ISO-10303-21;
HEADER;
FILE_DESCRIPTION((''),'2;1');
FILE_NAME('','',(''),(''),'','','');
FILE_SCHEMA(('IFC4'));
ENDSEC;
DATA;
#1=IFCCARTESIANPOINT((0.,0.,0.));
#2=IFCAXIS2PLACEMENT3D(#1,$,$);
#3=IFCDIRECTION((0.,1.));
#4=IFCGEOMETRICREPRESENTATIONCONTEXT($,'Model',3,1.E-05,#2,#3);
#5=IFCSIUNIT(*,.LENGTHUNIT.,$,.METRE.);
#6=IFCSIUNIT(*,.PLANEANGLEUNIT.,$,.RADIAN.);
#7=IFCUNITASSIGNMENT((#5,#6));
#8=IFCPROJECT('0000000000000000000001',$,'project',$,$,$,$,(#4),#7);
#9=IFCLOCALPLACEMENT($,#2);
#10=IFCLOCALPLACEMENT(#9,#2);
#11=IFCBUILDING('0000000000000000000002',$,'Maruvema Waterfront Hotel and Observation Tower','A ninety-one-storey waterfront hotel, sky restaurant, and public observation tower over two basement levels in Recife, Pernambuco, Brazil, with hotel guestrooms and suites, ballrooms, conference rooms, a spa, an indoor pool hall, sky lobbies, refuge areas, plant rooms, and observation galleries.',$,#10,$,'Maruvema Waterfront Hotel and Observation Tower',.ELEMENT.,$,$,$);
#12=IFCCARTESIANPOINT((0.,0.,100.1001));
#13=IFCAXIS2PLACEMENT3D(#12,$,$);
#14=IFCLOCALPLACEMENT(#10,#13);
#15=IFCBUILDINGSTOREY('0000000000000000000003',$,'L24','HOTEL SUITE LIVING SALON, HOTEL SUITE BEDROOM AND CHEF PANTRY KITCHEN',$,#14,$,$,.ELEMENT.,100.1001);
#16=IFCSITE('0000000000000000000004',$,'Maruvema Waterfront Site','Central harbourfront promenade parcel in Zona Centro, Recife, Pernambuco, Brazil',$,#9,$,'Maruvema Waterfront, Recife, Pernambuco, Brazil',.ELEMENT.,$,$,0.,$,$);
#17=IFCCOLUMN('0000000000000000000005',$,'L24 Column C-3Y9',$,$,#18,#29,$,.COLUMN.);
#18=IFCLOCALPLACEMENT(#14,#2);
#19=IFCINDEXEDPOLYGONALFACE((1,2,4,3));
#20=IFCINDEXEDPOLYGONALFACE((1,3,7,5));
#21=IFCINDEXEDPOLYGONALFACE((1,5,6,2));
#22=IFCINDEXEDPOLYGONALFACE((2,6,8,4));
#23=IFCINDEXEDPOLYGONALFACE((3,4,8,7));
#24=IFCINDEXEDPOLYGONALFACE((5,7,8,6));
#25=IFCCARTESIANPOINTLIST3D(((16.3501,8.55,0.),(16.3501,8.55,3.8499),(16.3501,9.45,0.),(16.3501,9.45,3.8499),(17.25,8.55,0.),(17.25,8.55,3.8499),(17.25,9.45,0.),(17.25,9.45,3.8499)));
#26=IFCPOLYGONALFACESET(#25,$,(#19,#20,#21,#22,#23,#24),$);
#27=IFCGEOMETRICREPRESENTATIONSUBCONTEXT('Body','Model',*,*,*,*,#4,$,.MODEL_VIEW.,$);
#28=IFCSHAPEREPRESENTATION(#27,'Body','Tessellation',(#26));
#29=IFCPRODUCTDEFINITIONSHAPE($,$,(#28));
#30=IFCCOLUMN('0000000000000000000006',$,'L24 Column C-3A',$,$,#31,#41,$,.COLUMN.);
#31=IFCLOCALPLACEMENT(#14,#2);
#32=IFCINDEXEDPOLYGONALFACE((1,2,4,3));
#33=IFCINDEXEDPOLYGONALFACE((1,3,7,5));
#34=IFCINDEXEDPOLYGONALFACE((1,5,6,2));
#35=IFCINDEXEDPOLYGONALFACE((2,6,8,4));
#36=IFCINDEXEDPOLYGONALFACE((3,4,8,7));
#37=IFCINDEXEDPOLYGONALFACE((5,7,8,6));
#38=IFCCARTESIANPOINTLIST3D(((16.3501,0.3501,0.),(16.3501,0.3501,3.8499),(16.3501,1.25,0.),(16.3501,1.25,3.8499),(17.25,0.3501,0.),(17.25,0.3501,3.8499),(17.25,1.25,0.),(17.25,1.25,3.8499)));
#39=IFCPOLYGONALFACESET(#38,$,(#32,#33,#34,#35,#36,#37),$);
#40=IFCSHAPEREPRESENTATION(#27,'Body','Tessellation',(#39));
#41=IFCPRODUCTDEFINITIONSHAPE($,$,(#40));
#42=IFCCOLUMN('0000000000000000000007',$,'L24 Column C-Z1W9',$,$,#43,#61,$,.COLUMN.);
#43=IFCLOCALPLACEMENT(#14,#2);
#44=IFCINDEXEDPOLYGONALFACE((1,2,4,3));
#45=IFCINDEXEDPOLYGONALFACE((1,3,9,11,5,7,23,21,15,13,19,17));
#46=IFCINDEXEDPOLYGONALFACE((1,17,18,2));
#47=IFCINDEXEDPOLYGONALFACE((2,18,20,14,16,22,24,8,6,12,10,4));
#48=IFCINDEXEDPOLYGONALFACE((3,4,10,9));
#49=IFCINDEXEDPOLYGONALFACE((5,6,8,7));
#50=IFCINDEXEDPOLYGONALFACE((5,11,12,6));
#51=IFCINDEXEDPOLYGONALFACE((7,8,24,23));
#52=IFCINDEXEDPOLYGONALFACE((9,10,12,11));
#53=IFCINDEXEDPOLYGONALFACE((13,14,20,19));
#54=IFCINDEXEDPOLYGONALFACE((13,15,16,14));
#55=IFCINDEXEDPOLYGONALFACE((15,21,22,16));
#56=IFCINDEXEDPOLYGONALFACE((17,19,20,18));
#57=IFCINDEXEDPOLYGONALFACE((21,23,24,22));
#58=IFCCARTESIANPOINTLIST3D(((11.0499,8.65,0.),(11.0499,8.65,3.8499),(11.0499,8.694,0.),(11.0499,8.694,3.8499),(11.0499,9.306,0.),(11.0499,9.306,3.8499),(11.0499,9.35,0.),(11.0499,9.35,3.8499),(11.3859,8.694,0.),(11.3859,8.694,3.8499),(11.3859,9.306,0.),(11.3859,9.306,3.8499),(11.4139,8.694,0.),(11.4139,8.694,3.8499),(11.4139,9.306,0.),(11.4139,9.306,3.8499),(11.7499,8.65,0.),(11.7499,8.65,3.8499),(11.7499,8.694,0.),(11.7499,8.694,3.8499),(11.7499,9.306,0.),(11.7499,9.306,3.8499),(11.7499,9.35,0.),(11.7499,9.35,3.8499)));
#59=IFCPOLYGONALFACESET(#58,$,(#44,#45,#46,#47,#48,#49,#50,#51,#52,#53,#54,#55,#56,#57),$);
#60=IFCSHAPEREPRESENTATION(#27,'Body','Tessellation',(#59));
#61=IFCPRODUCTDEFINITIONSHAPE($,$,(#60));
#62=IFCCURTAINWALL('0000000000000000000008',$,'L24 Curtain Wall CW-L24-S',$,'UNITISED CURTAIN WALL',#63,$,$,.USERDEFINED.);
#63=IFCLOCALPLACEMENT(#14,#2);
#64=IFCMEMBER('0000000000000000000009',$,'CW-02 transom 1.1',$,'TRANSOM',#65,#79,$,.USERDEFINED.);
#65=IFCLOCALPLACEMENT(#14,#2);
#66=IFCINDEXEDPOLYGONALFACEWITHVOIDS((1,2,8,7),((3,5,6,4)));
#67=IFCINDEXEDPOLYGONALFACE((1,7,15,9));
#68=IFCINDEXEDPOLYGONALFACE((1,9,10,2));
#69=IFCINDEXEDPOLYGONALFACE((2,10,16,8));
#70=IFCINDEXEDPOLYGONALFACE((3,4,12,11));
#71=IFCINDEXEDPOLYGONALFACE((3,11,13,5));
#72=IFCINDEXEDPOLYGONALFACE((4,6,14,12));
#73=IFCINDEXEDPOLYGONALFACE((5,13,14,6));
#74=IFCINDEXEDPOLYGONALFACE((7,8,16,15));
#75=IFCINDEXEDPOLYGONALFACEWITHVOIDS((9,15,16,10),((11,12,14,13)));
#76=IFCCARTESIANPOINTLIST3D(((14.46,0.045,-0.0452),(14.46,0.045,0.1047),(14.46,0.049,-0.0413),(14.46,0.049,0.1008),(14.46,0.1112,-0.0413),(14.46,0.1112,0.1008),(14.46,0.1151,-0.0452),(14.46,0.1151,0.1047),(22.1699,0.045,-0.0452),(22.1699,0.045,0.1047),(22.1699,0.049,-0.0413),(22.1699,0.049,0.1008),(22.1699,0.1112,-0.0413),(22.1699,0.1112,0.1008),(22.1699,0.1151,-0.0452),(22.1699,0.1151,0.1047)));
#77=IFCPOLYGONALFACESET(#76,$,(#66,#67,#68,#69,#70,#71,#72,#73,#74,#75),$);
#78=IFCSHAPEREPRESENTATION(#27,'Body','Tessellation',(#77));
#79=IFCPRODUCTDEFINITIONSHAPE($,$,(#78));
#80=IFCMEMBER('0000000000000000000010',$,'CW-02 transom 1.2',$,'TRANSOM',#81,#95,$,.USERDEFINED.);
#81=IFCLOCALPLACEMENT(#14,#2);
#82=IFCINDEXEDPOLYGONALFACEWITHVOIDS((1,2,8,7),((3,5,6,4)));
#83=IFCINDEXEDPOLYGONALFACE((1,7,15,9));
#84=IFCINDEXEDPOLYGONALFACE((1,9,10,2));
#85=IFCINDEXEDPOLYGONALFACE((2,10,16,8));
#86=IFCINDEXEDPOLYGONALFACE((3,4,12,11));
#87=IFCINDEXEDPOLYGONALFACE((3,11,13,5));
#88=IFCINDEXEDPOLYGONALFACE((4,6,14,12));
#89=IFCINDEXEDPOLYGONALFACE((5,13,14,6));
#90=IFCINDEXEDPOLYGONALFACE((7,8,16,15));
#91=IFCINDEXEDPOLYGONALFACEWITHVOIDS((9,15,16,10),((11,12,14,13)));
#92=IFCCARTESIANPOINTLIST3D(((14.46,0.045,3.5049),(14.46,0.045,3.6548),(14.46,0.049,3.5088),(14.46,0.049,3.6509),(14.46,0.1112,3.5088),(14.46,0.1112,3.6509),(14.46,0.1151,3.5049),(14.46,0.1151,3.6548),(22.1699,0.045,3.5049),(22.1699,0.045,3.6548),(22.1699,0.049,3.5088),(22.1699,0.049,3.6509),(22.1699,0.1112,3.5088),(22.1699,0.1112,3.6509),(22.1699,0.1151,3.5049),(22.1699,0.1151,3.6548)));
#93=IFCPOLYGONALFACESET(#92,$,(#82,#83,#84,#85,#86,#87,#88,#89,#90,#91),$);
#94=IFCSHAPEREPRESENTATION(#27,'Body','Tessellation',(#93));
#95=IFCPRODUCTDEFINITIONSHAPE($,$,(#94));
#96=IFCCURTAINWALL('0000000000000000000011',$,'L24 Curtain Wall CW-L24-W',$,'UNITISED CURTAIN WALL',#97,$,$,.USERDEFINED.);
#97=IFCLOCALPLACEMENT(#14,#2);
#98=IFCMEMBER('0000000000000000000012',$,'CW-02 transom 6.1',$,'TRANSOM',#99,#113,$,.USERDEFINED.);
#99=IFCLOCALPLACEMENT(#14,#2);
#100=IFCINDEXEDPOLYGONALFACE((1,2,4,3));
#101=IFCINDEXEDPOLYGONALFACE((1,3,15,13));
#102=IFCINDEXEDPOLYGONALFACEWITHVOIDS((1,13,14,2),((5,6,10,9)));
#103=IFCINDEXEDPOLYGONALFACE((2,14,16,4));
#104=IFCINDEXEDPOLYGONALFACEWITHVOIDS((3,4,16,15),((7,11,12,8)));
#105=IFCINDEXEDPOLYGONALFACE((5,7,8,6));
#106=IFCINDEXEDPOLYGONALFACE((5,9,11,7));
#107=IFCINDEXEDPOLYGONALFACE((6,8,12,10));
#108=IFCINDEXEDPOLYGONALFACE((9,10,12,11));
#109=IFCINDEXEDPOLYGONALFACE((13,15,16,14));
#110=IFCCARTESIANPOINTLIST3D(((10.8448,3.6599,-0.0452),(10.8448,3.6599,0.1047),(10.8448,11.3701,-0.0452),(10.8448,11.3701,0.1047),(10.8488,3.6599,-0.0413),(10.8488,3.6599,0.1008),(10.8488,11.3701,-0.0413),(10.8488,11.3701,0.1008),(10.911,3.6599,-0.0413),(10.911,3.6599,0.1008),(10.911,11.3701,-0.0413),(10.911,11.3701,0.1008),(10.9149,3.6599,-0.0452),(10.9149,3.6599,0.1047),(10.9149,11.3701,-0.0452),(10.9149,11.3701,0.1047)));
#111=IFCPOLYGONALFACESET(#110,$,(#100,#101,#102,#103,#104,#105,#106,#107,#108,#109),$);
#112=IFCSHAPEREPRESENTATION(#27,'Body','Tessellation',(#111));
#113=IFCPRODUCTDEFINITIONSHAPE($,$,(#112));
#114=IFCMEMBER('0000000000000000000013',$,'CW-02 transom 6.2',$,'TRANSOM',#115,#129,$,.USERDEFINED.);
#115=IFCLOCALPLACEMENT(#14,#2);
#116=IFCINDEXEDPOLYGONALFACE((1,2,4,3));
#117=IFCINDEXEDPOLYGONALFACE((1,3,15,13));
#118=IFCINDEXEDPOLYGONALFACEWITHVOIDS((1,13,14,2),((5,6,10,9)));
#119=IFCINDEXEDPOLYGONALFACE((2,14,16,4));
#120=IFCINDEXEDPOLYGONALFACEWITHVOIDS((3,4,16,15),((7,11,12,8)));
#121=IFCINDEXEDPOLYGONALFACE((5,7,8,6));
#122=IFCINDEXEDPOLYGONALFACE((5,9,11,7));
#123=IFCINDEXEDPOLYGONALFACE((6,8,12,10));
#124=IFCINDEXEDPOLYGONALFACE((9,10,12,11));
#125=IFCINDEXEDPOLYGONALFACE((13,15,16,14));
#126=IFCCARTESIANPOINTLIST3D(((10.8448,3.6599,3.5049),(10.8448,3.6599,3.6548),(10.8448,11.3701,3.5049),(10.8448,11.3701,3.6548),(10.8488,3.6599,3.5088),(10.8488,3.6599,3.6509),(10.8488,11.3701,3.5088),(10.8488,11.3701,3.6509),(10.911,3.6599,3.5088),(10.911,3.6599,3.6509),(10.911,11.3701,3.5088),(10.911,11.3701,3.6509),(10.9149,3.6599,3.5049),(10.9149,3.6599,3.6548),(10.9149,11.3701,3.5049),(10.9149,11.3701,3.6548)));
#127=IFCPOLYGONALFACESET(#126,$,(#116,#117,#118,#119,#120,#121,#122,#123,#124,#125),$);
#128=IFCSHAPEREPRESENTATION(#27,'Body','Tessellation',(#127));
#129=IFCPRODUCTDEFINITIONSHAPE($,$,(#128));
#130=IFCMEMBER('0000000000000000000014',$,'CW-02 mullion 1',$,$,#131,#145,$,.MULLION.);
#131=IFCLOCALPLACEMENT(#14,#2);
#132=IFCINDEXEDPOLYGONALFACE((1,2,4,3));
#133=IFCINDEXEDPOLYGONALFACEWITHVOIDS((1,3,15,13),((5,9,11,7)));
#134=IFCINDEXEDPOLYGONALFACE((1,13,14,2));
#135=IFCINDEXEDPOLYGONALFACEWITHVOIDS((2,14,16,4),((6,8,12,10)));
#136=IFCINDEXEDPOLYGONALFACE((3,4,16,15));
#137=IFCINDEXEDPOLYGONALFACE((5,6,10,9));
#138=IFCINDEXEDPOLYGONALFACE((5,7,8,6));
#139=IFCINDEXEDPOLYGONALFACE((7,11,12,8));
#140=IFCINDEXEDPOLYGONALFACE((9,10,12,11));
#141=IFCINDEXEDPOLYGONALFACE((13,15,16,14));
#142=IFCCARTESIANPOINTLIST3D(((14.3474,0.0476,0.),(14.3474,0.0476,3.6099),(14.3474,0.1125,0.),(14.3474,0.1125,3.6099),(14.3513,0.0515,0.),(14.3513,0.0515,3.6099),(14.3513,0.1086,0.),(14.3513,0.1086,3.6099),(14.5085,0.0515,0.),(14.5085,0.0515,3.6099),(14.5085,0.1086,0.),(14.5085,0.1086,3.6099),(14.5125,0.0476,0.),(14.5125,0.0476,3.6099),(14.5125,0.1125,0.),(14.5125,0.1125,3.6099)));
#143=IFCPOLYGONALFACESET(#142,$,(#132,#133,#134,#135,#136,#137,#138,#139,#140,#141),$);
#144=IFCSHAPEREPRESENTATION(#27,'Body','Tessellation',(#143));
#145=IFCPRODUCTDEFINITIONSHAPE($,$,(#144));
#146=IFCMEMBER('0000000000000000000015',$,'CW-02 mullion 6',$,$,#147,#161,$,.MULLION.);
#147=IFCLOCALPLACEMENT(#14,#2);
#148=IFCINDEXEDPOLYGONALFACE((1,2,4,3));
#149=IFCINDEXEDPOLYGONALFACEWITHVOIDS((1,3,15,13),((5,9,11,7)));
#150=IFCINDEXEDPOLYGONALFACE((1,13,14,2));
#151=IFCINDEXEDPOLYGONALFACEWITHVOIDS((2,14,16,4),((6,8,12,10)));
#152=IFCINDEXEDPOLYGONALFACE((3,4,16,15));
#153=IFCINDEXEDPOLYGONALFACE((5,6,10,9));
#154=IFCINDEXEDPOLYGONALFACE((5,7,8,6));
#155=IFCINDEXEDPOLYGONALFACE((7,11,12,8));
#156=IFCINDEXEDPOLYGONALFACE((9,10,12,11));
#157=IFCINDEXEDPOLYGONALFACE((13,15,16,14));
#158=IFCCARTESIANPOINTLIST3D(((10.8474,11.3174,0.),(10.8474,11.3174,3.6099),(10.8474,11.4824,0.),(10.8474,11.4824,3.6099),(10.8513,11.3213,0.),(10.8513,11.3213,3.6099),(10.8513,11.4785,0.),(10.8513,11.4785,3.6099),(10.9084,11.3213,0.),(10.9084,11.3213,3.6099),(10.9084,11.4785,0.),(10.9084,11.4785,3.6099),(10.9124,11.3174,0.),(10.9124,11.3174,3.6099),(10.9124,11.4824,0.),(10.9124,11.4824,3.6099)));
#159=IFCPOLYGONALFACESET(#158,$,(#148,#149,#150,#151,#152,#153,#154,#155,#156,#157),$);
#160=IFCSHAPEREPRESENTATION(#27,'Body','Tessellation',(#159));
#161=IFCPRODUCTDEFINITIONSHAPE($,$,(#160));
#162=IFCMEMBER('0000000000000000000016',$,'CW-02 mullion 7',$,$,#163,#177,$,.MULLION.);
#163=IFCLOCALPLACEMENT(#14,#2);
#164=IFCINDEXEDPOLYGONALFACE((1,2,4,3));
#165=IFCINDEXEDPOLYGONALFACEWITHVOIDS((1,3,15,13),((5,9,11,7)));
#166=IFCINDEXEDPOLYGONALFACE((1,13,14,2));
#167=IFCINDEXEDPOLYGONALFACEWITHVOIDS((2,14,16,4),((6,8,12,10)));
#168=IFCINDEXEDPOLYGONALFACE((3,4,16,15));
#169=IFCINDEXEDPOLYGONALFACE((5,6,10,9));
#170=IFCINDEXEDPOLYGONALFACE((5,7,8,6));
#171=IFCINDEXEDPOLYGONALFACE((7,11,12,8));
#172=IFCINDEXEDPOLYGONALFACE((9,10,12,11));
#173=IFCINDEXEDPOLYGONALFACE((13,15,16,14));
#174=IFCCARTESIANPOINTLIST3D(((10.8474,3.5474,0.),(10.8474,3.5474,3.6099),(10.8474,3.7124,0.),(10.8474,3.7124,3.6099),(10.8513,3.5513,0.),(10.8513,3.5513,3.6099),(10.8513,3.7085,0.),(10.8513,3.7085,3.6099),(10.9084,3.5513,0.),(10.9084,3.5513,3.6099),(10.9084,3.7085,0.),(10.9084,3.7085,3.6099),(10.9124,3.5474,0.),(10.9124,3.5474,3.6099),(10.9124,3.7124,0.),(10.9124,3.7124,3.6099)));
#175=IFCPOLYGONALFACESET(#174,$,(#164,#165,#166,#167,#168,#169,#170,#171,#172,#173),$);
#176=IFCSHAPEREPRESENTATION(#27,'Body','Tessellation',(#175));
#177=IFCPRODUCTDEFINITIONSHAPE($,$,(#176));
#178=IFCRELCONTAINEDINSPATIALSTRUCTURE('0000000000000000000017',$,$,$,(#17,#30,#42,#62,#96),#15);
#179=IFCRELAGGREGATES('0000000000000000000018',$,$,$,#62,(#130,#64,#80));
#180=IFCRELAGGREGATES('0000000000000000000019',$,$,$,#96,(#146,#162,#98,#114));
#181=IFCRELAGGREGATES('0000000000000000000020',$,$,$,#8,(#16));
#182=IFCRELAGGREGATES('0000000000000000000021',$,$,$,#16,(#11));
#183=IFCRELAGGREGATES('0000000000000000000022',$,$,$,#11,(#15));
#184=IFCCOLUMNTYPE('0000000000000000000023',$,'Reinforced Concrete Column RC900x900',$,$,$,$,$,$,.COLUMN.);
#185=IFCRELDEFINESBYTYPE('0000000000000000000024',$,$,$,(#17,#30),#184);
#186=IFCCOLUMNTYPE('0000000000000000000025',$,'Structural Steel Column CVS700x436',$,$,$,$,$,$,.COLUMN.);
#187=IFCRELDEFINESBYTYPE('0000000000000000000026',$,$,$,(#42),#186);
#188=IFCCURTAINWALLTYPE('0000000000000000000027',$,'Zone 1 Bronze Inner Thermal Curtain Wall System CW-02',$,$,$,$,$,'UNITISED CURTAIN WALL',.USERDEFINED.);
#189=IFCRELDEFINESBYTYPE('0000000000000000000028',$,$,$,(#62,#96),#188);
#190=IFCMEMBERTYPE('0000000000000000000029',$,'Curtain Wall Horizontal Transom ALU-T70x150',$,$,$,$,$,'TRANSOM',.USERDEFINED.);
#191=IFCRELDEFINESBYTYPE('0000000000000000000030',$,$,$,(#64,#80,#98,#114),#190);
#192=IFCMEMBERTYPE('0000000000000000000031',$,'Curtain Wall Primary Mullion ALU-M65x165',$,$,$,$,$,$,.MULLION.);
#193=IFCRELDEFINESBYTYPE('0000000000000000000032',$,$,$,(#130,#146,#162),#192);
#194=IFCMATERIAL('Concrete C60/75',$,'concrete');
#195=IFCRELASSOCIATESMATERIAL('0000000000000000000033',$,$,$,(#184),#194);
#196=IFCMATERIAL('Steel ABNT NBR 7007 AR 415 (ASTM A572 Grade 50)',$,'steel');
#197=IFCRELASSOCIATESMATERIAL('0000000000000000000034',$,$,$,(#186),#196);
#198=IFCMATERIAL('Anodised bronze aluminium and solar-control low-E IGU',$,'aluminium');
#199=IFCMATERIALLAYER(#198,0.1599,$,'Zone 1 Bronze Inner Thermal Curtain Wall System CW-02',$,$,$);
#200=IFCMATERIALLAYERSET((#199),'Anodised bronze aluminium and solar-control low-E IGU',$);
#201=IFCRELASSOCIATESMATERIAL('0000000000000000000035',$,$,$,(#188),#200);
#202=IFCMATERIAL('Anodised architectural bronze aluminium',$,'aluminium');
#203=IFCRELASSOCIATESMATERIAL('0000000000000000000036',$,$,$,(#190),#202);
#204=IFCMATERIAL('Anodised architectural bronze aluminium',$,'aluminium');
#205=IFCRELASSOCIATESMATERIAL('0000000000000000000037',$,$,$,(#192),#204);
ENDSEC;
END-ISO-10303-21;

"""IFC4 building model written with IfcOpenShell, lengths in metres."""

from ifc_helpers import new_model, si_unit, direction, frame, origin, origin_2d, place, context, subcontext, project, spatial, rectangle, hollow_rectangle, i_section, extrude, material, layer, layer_set, material_profile, profile_set, type_object, element, aggregate, save


model = new_model("IFC4")

# Units and contexts
model_context = context("Model", 3, precision=1e-05, world=origin(), true_north=direction((0.0, 1.0)))
body_context = subcontext(model_context, "Body", "Model", "MODEL_VIEW")
ifc_project = project(units=[si_unit("LENGTHUNIT", "METRE"), si_unit("PLANEANGLEUNIT", "RADIAN")], contexts=[model_context])

# Site, building, storey
site_placement = place(None, origin())
site = spatial("IfcSite", under=ifc_project, at=site_placement, Name="Maruvema Waterfront Site", Description="Central harbourfront promenade parcel in Zona Centro, Recife, Pernambuco, Brazil", LongName="Maruvema Waterfront, Recife, Pernambuco, Brazil", CompositionType="ELEMENT", RefElevation=0.0)
building_placement = place(site_placement, origin())
building = spatial("IfcBuilding", under=site, at=building_placement, Name="Maruvema Waterfront Hotel and Observation Tower", Description="A ninety-one-storey waterfront hotel, sky restaurant, and public observation tower over two basement levels in Recife, Pernambuco, Brazil, with hotel guestrooms and suites, ballrooms, conference rooms, a spa, an indoor pool hall, sky lobbies, refuge areas, plant rooms, and observation galleries.", LongName="Maruvema Waterfront Hotel and Observation Tower", CompositionType="ELEMENT")
storey_placement = place(building_placement, frame((0.0, 0.0, 100.1001)))
storey = spatial("IfcBuildingStorey", under=building, at=storey_placement, Name="L24", Description="HOTEL SUITE LIVING SALON, HOTEL SUITE BEDROOM AND CHEF PANTRY KITCHEN", CompositionType="ELEMENT", Elevation=100.1001)

# Columns
ifc_material_1 = material(Name="Concrete C60/75", Category="concrete")
ifc_material_profile_1 = material_profile(ifc_material_1, rectangle(XDim=0.8999, YDim=0.8999, at=origin_2d()), Name="RC900x900")
ifc_profile_set_1 = profile_set([ifc_material_profile_1], Name="Concrete C60/75")
column_type_1 = type_object("IfcColumnType", Name="Reinforced Concrete Column RC900x900", PredefinedType="COLUMN", material=ifc_profile_set_1)
for number, where, z_axis, x_axis, name in (
    (1, (16.8, 9.0, 0.0), (0.0, 0.0, 1.0), (1.0, 0.0, 0.0), "L24 Column C-3Y9"),
    (2, (16.8, 0.8, 0.0), (0.0, 0.0, 1.0), (1.0, 0.0, 0.0), "L24 Column C-3A"),
):
    element("IfcColumn", number, at=place(storey_placement, frame(where, z_axis=z_axis, x_axis=x_axis)), inside=storey, type_object=column_type_1, Name=name, PredefinedType="COLUMN", context=body_context, shape_type="SweptSolid", body=[
        extrude(rectangle(XDim=0.8999, YDim=0.8999, at=origin_2d()), origin(), (0.0, 0.0, 1.0), 3.8499),
    ])
ifc_material_2 = material(Name="Steel ABNT NBR 7007 AR 415 (ASTM A572 Grade 50)", Category="steel")
ifc_material_profile_2 = material_profile(ifc_material_2, i_section(OverallWidth=0.7, OverallDepth=0.7, WebThickness=0.0281, FlangeThickness=0.0439, at=origin_2d()), Name="CVS700x436")
ifc_profile_set_2 = profile_set([ifc_material_profile_2], Name="Steel ABNT NBR 7007 AR 415 (ASTM A572 Grade 50)")
column_type_2 = type_object("IfcColumnType", Name="Structural Steel Column CVS700x436", PredefinedType="COLUMN", material=ifc_profile_set_2)
column_placement = place(storey_placement, frame((11.3999, 9.0, 0.0), z_axis=(0.0, 0.0, 1.0), x_axis=(1.0, 0.0, 0.0)))
element("IfcColumn", 3, at=column_placement, inside=storey, type_object=column_type_2, Name="L24 Column C-Z1W9", PredefinedType="COLUMN", context=body_context, shape_type="SweptSolid", body=[
    extrude(i_section(OverallWidth=0.7, OverallDepth=0.7, WebThickness=0.0281, FlangeThickness=0.0439, at=origin_2d()), origin(), (0.0, 0.0, 1.0), 3.8499),
])

# Curtain walls, members
ifc_material_3 = material(Name="Anodised bronze aluminium and solar-control low-E IGU", Category="aluminium")
ifc_layer_1 = layer(ifc_material_3, 0.1599, Name="Zone 1 Bronze Inner Thermal Curtain Wall System CW-02")
ifc_layer_set_1 = layer_set([ifc_layer_1], Name="Anodised bronze aluminium and solar-control low-E IGU")
curtain_wall_type = type_object("IfcCurtainWallType", Name="Zone 1 Bronze Inner Thermal Curtain Wall System CW-02", ElementType="UNITISED CURTAIN WALL", PredefinedType="USERDEFINED", material=ifc_layer_set_1)
curtain_wall_1_placement = place(storey_placement, origin())
curtain_wall_1 = element("IfcCurtainWall", 4, at=curtain_wall_1_placement, inside=storey, type_object=curtain_wall_type, Name="L24 Curtain Wall CW-L24-S", ObjectType="UNITISED CURTAIN WALL", PredefinedType="USERDEFINED")
ifc_material_4 = material(Name="Anodised architectural bronze aluminium", Category="aluminium")
ifc_material_profile_3 = material_profile(ifc_material_4, hollow_rectangle(XDim=0.0701, YDim=0.1499, WallThickness=0.0039, at=origin_2d()), Name="ALU-T70x150")
ifc_profile_set_3 = profile_set([ifc_material_profile_3], Name="Anodised architectural bronze aluminium")
member_type_1 = type_object("IfcMemberType", Name="Curtain Wall Horizontal Transom ALU-T70x150", ElementType="TRANSOM", PredefinedType="USERDEFINED", material=ifc_profile_set_3)
member_1_placement = place(storey_placement, frame((14.46, 0.0801, 0.0298), z_axis=(1.0, 0.0, 0.0), x_axis=(0.0, 1.0, 0.0)))
member_1 = element("IfcMember", 5, at=member_1_placement, type_object=member_type_1, Name="CW-02 transom 1.1", ObjectType="TRANSOM", PredefinedType="USERDEFINED", context=body_context, shape_type="SweptSolid", body=[
    extrude(hollow_rectangle(XDim=0.0701, YDim=0.1499, WallThickness=0.0039, at=origin_2d()), origin(), (0.0, 0.0, 1.0), 7.71),
])
member_2_placement = place(storey_placement, frame((14.46, 0.0801, 3.5798), z_axis=(1.0, 0.0, 0.0), x_axis=(0.0, 1.0, 0.0)))
member_2 = element("IfcMember", 6, at=member_2_placement, type_object=member_type_1, Name="CW-02 transom 1.2", ObjectType="TRANSOM", PredefinedType="USERDEFINED", context=body_context, shape_type="SweptSolid", body=[
    extrude(hollow_rectangle(XDim=0.0701, YDim=0.1499, WallThickness=0.0039, at=origin_2d()), origin(), (0.0, 0.0, 1.0), 7.71),
])
curtain_wall_2_placement = place(storey_placement, origin())
curtain_wall_2 = element("IfcCurtainWall", 7, at=curtain_wall_2_placement, inside=storey, type_object=curtain_wall_type, Name="L24 Curtain Wall CW-L24-W", ObjectType="UNITISED CURTAIN WALL", PredefinedType="USERDEFINED")
member_3_placement = place(storey_placement, frame((10.8799, 11.3701, 0.0298), z_axis=(0.0, -1.0, 0.0), x_axis=(1.0, 0.0, 0.0)))
member_3 = element("IfcMember", 8, at=member_3_placement, type_object=member_type_1, Name="CW-02 transom 6.1", ObjectType="TRANSOM", PredefinedType="USERDEFINED", context=body_context, shape_type="SweptSolid", body=[
    extrude(hollow_rectangle(XDim=0.0701, YDim=0.1499, WallThickness=0.0039, at=origin_2d()), origin(), (0.0, 0.0, 1.0), 7.7102),
])
member_4_placement = place(storey_placement, frame((10.8799, 11.3701, 3.5798), z_axis=(0.0, -1.0, 0.0), x_axis=(1.0, 0.0, 0.0)))
member_4 = element("IfcMember", 9, at=member_4_placement, type_object=member_type_1, Name="CW-02 transom 6.2", ObjectType="TRANSOM", PredefinedType="USERDEFINED", context=body_context, shape_type="SweptSolid", body=[
    extrude(hollow_rectangle(XDim=0.0701, YDim=0.1499, WallThickness=0.0039, at=origin_2d()), origin(), (0.0, 0.0, 1.0), 7.7102),
])

# Members
ifc_material_5 = material(Name="Anodised architectural bronze aluminium", Category="aluminium")
ifc_material_profile_4 = material_profile(ifc_material_5, hollow_rectangle(XDim=0.0649, YDim=0.165, WallThickness=0.0039, at=origin_2d()), Name="ALU-M65x165")
ifc_profile_set_4 = profile_set([ifc_material_profile_4], Name="Anodised architectural bronze aluminium")
member_type_2 = type_object("IfcMemberType", Name="Curtain Wall Primary Mullion ALU-M65x165", PredefinedType="MULLION", material=ifc_profile_set_4)
member_5_placement = place(storey_placement, frame((14.4299, 0.0801, 0.0), z_axis=(0.0, 0.0, 1.0), x_axis=(0.0, 1.0, 0.0)))
member_5 = element("IfcMember", 10, at=member_5_placement, type_object=member_type_2, Name="CW-02 mullion 1", PredefinedType="MULLION", context=body_context, shape_type="SweptSolid", body=[
    extrude(hollow_rectangle(XDim=0.0649, YDim=0.165, WallThickness=0.0039, at=origin_2d()), origin(), (0.0, 0.0, 1.0), 3.6099),
])
member_6_placement = place(storey_placement, frame((10.8799, 11.3999, 0.0), z_axis=(0.0, 0.0, 1.0), x_axis=(1.0, 0.0, 0.0)))
member_6 = element("IfcMember", 11, at=member_6_placement, type_object=member_type_2, Name="CW-02 mullion 6", PredefinedType="MULLION", context=body_context, shape_type="SweptSolid", body=[
    extrude(hollow_rectangle(XDim=0.0649, YDim=0.165, WallThickness=0.0039, at=origin_2d()), origin(), (0.0, 0.0, 1.0), 3.6099),
])
member_7_placement = place(storey_placement, frame((10.8799, 3.6299, 0.0), z_axis=(0.0, 0.0, 1.0), x_axis=(1.0, 0.0, 0.0)))
member_7 = element("IfcMember", 12, at=member_7_placement, type_object=member_type_2, Name="CW-02 mullion 7", PredefinedType="MULLION", context=body_context, shape_type="SweptSolid", body=[
    extrude(hollow_rectangle(XDim=0.0649, YDim=0.165, WallThickness=0.0039, at=origin_2d()), origin(), (0.0, 0.0, 1.0), 3.6099),
])

aggregate(curtain_wall_1, [member_5, member_1, member_2])
aggregate(curtain_wall_2, [member_6, member_7, member_3, member_4])

save(model, "model.ifc")
